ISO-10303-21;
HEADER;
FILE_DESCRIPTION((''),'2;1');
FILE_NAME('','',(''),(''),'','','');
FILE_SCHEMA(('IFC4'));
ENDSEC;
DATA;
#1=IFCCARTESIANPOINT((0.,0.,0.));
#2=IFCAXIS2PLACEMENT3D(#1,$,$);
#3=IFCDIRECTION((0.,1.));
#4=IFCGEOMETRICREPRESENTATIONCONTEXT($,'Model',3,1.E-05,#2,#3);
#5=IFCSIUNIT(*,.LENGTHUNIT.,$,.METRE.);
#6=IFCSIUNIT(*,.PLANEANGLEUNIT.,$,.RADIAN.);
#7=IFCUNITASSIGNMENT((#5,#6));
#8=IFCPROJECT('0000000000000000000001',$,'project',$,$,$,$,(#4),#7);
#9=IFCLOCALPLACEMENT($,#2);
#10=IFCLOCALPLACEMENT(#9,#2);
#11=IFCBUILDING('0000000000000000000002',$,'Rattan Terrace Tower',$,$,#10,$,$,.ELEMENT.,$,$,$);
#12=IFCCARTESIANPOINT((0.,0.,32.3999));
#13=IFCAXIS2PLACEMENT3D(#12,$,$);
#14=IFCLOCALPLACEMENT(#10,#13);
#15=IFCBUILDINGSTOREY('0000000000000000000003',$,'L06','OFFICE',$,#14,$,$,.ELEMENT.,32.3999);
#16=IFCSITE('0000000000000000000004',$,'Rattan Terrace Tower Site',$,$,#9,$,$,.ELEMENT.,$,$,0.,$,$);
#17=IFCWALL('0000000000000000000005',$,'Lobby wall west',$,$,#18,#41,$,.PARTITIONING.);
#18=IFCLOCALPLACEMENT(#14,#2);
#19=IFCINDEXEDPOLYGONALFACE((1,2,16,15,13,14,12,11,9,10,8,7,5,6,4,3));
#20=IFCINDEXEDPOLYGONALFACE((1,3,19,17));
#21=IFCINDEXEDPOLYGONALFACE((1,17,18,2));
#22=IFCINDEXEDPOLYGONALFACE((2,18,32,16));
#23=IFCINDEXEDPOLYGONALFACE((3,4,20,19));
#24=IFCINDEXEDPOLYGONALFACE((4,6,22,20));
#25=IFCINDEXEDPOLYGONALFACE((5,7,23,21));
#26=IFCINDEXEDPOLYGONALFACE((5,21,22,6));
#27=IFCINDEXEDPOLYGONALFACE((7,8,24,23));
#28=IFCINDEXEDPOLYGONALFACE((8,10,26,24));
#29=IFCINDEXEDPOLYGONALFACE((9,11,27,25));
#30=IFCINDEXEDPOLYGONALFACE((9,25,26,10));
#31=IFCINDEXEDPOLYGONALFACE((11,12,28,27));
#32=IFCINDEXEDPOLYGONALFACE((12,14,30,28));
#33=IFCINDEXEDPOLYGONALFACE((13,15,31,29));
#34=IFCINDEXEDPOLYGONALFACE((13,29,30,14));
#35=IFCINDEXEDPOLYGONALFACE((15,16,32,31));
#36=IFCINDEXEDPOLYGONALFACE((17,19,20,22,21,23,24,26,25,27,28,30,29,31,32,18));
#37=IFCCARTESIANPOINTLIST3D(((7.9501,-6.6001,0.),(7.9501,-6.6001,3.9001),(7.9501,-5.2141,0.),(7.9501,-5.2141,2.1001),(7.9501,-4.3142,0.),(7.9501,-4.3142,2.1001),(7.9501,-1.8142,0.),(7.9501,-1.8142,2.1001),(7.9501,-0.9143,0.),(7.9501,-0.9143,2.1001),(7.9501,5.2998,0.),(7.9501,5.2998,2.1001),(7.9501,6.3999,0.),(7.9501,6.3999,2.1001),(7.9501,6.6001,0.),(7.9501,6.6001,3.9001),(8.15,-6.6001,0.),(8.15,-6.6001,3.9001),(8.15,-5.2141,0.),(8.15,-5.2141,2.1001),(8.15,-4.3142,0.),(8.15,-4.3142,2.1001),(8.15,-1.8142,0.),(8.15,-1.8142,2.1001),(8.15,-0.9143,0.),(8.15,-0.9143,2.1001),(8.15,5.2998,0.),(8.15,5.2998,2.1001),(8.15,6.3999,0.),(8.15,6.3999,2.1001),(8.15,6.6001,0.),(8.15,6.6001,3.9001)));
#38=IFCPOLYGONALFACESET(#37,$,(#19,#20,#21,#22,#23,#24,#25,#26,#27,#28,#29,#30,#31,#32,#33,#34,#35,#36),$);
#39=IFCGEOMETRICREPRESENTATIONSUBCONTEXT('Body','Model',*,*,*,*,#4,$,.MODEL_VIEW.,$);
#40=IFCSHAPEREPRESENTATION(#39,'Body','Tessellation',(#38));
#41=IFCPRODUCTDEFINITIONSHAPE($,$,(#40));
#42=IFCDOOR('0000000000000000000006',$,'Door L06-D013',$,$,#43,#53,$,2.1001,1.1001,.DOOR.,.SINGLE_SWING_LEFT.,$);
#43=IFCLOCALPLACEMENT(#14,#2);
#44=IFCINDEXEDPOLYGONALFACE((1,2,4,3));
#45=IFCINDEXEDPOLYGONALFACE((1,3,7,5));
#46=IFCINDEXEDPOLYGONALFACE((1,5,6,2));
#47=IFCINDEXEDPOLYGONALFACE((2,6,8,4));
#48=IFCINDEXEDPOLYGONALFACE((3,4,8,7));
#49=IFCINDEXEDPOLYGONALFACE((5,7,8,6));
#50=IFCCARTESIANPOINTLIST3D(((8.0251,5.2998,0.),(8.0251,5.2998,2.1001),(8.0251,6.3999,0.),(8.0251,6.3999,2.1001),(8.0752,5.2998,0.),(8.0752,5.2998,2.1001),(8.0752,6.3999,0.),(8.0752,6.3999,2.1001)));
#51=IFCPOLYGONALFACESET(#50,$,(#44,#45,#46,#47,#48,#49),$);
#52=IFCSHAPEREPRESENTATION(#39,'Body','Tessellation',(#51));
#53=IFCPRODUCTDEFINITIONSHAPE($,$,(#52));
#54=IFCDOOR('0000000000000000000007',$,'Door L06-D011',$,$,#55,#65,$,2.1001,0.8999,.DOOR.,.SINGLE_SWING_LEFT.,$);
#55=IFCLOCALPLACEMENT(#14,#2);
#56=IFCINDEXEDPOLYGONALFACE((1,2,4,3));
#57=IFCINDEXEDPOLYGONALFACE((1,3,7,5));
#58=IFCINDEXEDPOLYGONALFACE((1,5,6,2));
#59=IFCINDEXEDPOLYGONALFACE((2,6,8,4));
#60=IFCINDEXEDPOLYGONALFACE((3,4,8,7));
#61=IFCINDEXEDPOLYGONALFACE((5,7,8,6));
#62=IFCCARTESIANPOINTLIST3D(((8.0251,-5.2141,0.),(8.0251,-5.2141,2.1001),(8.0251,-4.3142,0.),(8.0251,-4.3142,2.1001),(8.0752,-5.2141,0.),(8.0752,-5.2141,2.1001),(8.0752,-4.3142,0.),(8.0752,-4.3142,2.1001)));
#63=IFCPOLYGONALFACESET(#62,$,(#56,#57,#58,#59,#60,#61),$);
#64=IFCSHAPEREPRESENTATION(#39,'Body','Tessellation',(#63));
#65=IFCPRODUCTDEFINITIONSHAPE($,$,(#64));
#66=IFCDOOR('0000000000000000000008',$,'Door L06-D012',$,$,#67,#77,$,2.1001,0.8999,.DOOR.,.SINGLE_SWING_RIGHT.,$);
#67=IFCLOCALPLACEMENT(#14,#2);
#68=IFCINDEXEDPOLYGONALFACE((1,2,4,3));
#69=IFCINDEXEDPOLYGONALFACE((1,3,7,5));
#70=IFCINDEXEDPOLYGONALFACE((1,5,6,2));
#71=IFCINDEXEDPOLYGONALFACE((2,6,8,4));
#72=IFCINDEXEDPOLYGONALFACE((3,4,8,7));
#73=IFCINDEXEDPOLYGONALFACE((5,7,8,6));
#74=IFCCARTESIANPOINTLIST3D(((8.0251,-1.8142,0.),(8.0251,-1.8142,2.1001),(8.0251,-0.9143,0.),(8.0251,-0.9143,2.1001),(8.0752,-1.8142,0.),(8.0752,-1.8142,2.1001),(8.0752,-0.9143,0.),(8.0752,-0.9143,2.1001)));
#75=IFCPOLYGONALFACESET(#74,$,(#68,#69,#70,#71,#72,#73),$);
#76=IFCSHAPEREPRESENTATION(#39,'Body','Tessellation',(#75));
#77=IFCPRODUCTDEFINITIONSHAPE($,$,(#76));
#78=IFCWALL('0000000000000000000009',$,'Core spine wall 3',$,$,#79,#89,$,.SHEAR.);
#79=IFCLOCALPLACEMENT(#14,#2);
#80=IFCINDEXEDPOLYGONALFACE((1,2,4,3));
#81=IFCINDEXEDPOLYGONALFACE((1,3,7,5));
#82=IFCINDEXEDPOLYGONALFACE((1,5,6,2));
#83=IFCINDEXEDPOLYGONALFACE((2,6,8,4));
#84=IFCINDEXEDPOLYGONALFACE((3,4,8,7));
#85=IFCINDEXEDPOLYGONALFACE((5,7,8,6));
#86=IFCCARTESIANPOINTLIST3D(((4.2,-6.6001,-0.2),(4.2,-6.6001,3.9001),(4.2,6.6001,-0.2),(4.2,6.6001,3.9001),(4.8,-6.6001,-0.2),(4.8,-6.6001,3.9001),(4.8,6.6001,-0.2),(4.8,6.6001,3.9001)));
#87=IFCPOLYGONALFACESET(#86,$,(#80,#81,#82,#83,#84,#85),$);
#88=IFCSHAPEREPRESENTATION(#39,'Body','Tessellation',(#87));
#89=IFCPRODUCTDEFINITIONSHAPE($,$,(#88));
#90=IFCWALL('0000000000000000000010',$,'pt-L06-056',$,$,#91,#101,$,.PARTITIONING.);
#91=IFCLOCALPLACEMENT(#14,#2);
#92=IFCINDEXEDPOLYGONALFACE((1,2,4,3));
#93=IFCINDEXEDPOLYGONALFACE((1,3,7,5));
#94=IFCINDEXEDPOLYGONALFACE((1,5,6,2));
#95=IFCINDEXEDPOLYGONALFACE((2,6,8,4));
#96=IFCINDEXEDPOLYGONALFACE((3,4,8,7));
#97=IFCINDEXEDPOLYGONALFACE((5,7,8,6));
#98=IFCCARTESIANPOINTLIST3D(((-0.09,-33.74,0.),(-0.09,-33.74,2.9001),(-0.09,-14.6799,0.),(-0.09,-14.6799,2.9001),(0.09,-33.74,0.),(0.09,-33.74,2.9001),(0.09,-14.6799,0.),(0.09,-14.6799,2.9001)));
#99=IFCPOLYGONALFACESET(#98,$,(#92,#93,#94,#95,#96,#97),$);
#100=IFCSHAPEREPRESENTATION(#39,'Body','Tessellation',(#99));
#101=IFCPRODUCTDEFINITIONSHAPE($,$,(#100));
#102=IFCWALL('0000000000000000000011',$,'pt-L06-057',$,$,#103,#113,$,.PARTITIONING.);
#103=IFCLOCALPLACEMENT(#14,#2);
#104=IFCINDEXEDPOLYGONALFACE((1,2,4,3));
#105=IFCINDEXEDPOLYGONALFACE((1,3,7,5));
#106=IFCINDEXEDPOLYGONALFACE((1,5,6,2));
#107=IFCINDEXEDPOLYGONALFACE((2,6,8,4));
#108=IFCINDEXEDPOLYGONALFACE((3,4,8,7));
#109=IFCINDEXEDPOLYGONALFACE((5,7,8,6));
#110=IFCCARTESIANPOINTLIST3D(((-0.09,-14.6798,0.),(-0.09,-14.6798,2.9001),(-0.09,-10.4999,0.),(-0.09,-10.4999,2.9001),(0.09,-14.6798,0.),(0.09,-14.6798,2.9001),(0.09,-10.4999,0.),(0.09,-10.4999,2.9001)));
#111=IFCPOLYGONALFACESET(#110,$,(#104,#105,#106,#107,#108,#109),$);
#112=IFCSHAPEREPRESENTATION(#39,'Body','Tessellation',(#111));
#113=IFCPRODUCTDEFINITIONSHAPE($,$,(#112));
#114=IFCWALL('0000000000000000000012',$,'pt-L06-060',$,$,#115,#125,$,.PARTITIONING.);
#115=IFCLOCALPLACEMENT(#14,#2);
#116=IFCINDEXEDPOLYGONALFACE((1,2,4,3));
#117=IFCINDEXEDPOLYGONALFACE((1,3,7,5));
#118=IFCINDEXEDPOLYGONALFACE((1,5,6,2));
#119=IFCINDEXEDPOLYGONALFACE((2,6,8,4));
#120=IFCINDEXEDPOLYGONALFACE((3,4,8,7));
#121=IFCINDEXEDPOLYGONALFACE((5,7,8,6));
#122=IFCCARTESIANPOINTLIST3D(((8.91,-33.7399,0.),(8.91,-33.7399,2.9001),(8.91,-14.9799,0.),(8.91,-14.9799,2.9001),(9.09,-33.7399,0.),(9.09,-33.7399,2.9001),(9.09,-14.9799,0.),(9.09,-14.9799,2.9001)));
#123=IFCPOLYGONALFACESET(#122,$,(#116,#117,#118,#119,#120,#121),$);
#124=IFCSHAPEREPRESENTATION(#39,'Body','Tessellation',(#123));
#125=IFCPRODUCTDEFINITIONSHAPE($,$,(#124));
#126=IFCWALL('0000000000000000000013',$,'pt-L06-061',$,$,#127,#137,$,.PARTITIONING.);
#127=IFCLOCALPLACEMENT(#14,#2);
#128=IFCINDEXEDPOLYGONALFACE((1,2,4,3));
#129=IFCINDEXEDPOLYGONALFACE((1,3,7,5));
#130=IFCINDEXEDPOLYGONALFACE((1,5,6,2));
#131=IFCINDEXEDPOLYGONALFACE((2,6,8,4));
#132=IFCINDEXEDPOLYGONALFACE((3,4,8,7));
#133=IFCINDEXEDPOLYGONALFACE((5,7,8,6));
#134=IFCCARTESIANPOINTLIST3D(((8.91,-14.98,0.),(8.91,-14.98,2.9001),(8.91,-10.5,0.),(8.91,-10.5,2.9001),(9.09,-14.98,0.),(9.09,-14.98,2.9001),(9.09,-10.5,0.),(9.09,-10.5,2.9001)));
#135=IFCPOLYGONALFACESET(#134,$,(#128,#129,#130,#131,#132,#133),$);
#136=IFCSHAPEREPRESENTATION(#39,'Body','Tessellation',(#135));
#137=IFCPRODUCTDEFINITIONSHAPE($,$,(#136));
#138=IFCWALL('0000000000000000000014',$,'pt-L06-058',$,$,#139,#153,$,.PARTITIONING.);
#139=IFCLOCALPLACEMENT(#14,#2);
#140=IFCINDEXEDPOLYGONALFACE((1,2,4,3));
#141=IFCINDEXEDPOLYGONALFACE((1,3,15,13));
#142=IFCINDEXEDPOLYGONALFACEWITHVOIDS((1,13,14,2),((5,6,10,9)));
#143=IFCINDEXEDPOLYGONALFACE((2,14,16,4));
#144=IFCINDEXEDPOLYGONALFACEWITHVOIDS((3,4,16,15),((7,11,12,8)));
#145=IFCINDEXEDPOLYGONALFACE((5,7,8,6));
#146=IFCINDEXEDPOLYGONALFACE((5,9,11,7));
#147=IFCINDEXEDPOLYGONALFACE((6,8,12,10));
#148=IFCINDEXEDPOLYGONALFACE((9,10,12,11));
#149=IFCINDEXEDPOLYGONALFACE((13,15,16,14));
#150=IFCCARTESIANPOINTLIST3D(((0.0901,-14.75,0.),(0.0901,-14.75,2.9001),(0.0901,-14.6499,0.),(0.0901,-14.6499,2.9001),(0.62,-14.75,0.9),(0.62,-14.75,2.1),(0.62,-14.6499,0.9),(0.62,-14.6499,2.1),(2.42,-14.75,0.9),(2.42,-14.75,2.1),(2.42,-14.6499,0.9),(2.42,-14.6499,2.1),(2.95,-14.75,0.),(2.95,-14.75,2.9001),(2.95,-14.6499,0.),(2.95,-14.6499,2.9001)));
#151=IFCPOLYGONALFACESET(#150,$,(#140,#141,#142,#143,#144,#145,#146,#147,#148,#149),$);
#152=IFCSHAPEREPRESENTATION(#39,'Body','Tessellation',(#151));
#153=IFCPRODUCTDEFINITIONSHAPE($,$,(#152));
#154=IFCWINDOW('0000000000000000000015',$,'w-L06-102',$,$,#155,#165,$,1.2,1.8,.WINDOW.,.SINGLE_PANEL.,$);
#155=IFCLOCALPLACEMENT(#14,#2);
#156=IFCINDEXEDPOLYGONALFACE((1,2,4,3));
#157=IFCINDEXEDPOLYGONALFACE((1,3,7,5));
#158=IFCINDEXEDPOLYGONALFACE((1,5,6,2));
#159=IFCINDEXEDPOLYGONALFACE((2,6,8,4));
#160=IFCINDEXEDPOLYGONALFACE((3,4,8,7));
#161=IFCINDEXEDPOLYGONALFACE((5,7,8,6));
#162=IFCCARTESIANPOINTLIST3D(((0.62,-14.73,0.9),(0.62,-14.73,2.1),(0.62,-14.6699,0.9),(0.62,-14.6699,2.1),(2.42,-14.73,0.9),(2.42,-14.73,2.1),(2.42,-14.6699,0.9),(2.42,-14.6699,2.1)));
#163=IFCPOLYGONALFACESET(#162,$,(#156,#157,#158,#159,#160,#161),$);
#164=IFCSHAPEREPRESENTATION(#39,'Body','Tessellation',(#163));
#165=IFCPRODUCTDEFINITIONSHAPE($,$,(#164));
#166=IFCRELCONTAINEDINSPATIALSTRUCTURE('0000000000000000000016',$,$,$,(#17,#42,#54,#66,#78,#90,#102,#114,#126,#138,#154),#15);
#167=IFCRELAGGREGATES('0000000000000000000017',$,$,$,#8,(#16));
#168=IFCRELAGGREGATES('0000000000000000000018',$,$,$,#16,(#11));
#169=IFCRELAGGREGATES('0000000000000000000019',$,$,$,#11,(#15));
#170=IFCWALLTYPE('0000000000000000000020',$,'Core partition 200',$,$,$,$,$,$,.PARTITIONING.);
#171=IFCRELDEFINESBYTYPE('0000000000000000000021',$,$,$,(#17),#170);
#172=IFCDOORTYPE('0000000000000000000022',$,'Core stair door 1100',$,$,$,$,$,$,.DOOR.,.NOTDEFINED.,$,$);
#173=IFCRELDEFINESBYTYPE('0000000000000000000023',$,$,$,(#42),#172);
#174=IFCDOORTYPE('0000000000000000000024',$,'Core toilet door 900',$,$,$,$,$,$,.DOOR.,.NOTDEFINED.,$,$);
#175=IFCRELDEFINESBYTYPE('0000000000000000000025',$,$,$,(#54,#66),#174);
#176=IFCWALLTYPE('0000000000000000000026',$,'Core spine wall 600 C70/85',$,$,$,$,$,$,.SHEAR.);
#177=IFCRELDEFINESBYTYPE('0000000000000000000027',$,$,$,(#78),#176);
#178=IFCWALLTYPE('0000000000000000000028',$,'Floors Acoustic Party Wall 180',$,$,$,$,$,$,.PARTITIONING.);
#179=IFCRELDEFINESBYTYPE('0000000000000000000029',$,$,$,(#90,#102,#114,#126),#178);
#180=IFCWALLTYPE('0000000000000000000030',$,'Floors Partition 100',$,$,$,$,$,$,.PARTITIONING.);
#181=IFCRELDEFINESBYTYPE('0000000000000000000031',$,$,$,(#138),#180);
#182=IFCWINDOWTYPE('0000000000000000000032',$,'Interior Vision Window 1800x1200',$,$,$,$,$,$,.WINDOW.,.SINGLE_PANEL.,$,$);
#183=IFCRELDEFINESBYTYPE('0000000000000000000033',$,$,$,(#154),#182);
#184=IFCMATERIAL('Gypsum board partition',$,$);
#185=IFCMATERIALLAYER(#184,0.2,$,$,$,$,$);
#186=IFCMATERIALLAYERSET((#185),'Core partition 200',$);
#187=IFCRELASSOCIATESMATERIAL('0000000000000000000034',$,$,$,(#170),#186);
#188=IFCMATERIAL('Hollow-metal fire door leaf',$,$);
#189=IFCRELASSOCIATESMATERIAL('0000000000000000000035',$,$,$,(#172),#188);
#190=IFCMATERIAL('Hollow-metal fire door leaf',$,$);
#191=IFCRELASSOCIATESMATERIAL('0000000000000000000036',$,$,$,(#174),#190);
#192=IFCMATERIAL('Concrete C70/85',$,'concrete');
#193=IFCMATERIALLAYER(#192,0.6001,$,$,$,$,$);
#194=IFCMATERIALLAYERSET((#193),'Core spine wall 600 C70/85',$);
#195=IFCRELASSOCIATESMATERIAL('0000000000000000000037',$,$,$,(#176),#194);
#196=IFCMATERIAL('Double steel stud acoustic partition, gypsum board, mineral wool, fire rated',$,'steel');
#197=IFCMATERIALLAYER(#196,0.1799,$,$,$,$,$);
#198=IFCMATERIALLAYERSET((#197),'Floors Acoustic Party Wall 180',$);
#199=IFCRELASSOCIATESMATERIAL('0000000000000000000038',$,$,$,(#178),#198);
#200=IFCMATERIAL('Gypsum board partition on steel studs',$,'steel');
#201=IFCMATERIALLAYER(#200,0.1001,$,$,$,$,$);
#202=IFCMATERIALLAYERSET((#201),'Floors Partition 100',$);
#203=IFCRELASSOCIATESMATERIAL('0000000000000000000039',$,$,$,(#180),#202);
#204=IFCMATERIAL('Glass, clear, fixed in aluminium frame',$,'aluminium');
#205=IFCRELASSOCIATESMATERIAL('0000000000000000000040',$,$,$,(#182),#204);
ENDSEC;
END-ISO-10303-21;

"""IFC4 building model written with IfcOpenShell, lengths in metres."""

from ifc_helpers import new_model, si_unit, direction, frame, frame_2d, origin, place, context, subcontext, project, spatial, rectangle, extrude, material, layer, layer_set, type_object, element, fill, save


model = new_model("IFC4")

# Units and contexts
model_context = context("Model", 3, precision=1e-05, world=origin(), true_north=direction((0.0, 1.0)))
body_context = subcontext(model_context, "Body", "Model", "MODEL_VIEW")
ifc_project = project(units=[si_unit("LENGTHUNIT", "METRE"), si_unit("PLANEANGLEUNIT", "RADIAN")], contexts=[model_context])

# Site, building, storey
site_placement = place(None, origin())
site = spatial("IfcSite", under=ifc_project, at=site_placement, Name="Rattan Terrace Tower Site", CompositionType="ELEMENT", RefElevation=0.0)
building_placement = place(site_placement, origin())
building = spatial("IfcBuilding", under=site, at=building_placement, Name="Rattan Terrace Tower", CompositionType="ELEMENT")
storey_placement = place(building_placement, frame((0.0, 0.0, 32.3999)))
storey = spatial("IfcBuildingStorey", under=building, at=storey_placement, Name="L06", Description="OFFICE", CompositionType="ELEMENT", Elevation=32.3999)

# Wall, openings, doors
ifc_material_1 = material(Name="Gypsum board partition")
ifc_layer_1 = layer(ifc_material_1, 0.2)
ifc_layer_set_1 = layer_set([ifc_layer_1], Name="Core partition 200")
wall_type_1 = type_object("IfcWallType", Name="Core partition 200", PredefinedType="PARTITIONING", material=ifc_layer_set_1)
wall_1_placement = place(storey_placement, frame((8.05, -6.6001, 0.0), z_axis=(0.0, 0.0, 1.0), x_axis=(0.0, 1.0, 0.0)))
wall_1 = element("IfcWall", 1, at=wall_1_placement, inside=storey, type_object=wall_type_1, Name="Lobby wall west", PredefinedType="PARTITIONING", context=body_context, shape_type="SweptSolid", body=[
    extrude(rectangle(XDim=13.2002, YDim=0.2, at=frame_2d((6.6001, 0.0))), origin(), (0.0, 0.0, 1.0), 3.9001),
])
opening_1_placement = place(wall_1_placement, frame((1.386, 0.0, 0.0)))
opening_1 = element("IfcOpeningElement", 2, at=opening_1_placement, cuts=wall_1, PredefinedType="OPENING", context=body_context, shape_type="SweptSolid", body=[
    extrude(rectangle(XDim=0.8999, YDim=2.1001, at=frame_2d((0.45, 1.05))), frame((0.0, 0.1106, 0.0), z_axis=(0.0, -1.0, 0.0), x_axis=(1.0, 0.0, 0.0)), (0.0, 0.0, 1.0), 0.2209),
])
opening_2_placement = place(wall_1_placement, frame((4.7859, 0.0, 0.0)))
opening_2 = element("IfcOpeningElement", 3, at=opening_2_placement, cuts=wall_1, PredefinedType="OPENING", context=body_context, shape_type="SweptSolid", body=[
    extrude(rectangle(XDim=0.8999, YDim=2.1001, at=frame_2d((0.45, 1.05))), frame((0.0, 0.1106, 0.0), z_axis=(0.0, -1.0, 0.0), x_axis=(1.0, 0.0, 0.0)), (0.0, 0.0, 1.0), 0.2209),
])
opening_3_placement = place(wall_1_placement, frame((11.8999, 0.0, 0.0)))
opening_3 = element("IfcOpeningElement", 4, at=opening_3_placement, cuts=wall_1, PredefinedType="OPENING", context=body_context, shape_type="SweptSolid", body=[
    extrude(rectangle(XDim=1.1001, YDim=2.1001, at=frame_2d((0.55, 1.05))), frame((0.0, 0.1106, 0.0), z_axis=(0.0, -1.0, 0.0), x_axis=(1.0, 0.0, 0.0)), (0.0, 0.0, 1.0), 0.2209),
])
ifc_material_2 = material(Name="Hollow-metal fire door leaf")
door_type_1 = type_object("IfcDoorType", Name="Core stair door 1100", OperationType="NOTDEFINED", PredefinedType="DOOR", material=ifc_material_2)
door_1_placement = place(opening_3_placement, origin())
door_1 = element("IfcDoor", 5, at=door_1_placement, inside=storey, type_object=door_type_1, Name="Door L06-D013", OperationType="SINGLE_SWING_LEFT", OverallHeight=2.1001, OverallWidth=1.1001, PredefinedType="DOOR", context=body_context, shape_type="SweptSolid", body=[
    extrude(rectangle(XDim=1.1001, YDim=2.1001, at=frame_2d((0.55, 1.05))), frame((0.0, 0.0249, 0.0), z_axis=(0.0, -1.0, 0.0), x_axis=(1.0, 0.0, 0.0)), (0.0, 0.0, 1.0), 0.05),
])
fill(opening_3, door_1)
ifc_material_3 = material(Name="Hollow-metal fire door leaf")
door_type_2 = type_object("IfcDoorType", Name="Core toilet door 900", OperationType="NOTDEFINED", PredefinedType="DOOR", material=ifc_material_3)
door_2_placement = place(opening_1_placement, origin())
door_2 = element("IfcDoor", 6, at=door_2_placement, inside=storey, type_object=door_type_2, Name="Door L06-D011", OperationType="SINGLE_SWING_LEFT", OverallHeight=2.1001, OverallWidth=0.8999, PredefinedType="DOOR", context=body_context, shape_type="SweptSolid", body=[
    extrude(rectangle(XDim=0.8999, YDim=2.1001, at=frame_2d((0.45, 1.05))), frame((0.0, 0.0249, 0.0), z_axis=(0.0, -1.0, 0.0), x_axis=(1.0, 0.0, 0.0)), (0.0, 0.0, 1.0), 0.05),
])
fill(opening_1, door_2)
door_3_placement = place(opening_2_placement, origin())
door_3 = element("IfcDoor", 7, at=door_3_placement, inside=storey, type_object=door_type_2, Name="Door L06-D012", OperationType="SINGLE_SWING_RIGHT", OverallHeight=2.1001, OverallWidth=0.8999, PredefinedType="DOOR", context=body_context, shape_type="SweptSolid", body=[
    extrude(rectangle(XDim=0.8999, YDim=2.1001, at=frame_2d((0.45, 1.05))), frame((0.0, 0.0249, 0.0), z_axis=(0.0, -1.0, 0.0), x_axis=(1.0, 0.0, 0.0)), (0.0, 0.0, 1.0), 0.05),
])
fill(opening_2, door_3)

# Walls
ifc_material_4 = material(Name="Concrete C70/85", Category="concrete")
ifc_layer_2 = layer(ifc_material_4, 0.6001)
ifc_layer_set_2 = layer_set([ifc_layer_2], Name="Core spine wall 600 C70/85")
wall_type_2 = type_object("IfcWallType", Name="Core spine wall 600 C70/85", PredefinedType="SHEAR", material=ifc_layer_set_2)
wall_2_placement = place(storey_placement, frame((4.5, -6.6001, -0.2), z_axis=(0.0, 0.0, 1.0), x_axis=(0.0, 1.0, 0.0)))
element("IfcWall", 8, at=wall_2_placement, inside=storey, type_object=wall_type_2, Name="Core spine wall 3", PredefinedType="SHEAR", context=body_context, shape_type="SweptSolid", body=[
    extrude(rectangle(XDim=13.2002, YDim=0.6001, at=frame_2d((6.6001, 0.0))), origin(), (0.0, 0.0, 1.0), 4.1001),
])
ifc_material_5 = material(Name="Double steel stud acoustic partition, gypsum board, mineral wool, fire rated", Category="steel")
ifc_layer_3 = layer(ifc_material_5, 0.1799)
ifc_layer_set_3 = layer_set([ifc_layer_3], Name="Floors Acoustic Party Wall 180")
wall_type_3 = type_object("IfcWallType", Name="Floors Acoustic Party Wall 180", PredefinedType="PARTITIONING", material=ifc_layer_set_3)
wall_3_placement = place(storey_placement, frame((0.0, -14.6799, 0.0), z_axis=(0.0, 0.0, 1.0), x_axis=(0.0, -1.0, 0.0)))
element("IfcWall", 9, at=wall_3_placement, inside=storey, type_object=wall_type_3, Name="pt-L06-056", PredefinedType="PARTITIONING", context=body_context, shape_type="SweptSolid", body=[
    extrude(rectangle(XDim=19.0601, YDim=0.1799, at=frame_2d((9.53, 0.0))), origin(), (0.0, 0.0, 1.0), 2.9001),
])
wall_4_placement = place(storey_placement, frame((0.0, -10.5, 0.0), z_axis=(0.0, 0.0, 1.0), x_axis=(0.0, -1.0, 0.0)))
element("IfcWall", 10, at=wall_4_placement, inside=storey, type_object=wall_type_3, Name="pt-L06-057", PredefinedType="PARTITIONING", context=body_context, shape_type="SweptSolid", body=[
    extrude(rectangle(XDim=4.1799, YDim=0.1799, at=frame_2d((2.0898, 0.0))), origin(), (0.0, 0.0, 1.0), 2.9001),
])
wall_5_placement = place(storey_placement, frame((9.0, -14.98, 0.0), z_axis=(0.0, 0.0, 1.0), x_axis=(0.0, -1.0, 0.0)))
element("IfcWall", 11, at=wall_5_placement, inside=storey, type_object=wall_type_3, Name="pt-L06-060", PredefinedType="PARTITIONING", context=body_context, shape_type="SweptSolid", body=[
    extrude(rectangle(XDim=18.76, YDim=0.1799, at=frame_2d((9.3799, 0.0))), origin(), (0.0, 0.0, 1.0), 2.9001),
])
wall_6_placement = place(storey_placement, frame((9.0, -10.5, 0.0), z_axis=(0.0, 0.0, 1.0), x_axis=(0.0, -1.0, 0.0)))
element("IfcWall", 12, at=wall_6_placement, inside=storey, type_object=wall_type_3, Name="pt-L06-061", PredefinedType="PARTITIONING", context=body_context, shape_type="SweptSolid", body=[
    extrude(rectangle(XDim=4.48, YDim=0.1799, at=frame_2d((2.24, 0.0))), origin(), (0.0, 0.0, 1.0), 2.9001),
])

# Wall, opening, window
ifc_material_6 = material(Name="Gypsum board partition on steel studs", Category="steel")
ifc_layer_4 = layer(ifc_material_6, 0.1001)
ifc_layer_set_4 = layer_set([ifc_layer_4], Name="Floors Partition 100")
wall_type_4 = type_object("IfcWallType", Name="Floors Partition 100", PredefinedType="PARTITIONING", material=ifc_layer_set_4)
wall_7_placement = place(storey_placement, frame((0.0901, -14.7, 0.0), z_axis=(0.0, 0.0, 1.0), x_axis=(1.0, 0.0, 0.0)))
wall_7 = element("IfcWall", 13, at=wall_7_placement, inside=storey, type_object=wall_type_4, Name="pt-L06-058", PredefinedType="PARTITIONING", context=body_context, shape_type="SweptSolid", body=[
    extrude(rectangle(XDim=2.8599, YDim=0.1001, at=frame_2d((1.4299, 0.0))), origin(), (0.0, 0.0, 1.0), 2.9001),
])
opening_4_placement = place(wall_7_placement, frame((0.53, 0.0, 0.8999)))
opening_4 = element("IfcOpeningElement", 14, at=opening_4_placement, cuts=wall_7, PredefinedType="OPENING", context=body_context, shape_type="SweptSolid", body=[
    extrude(rectangle(XDim=1.8, YDim=1.2, at=frame_2d((0.8999, 0.6001))), frame((0.0, 0.0605, 0.0), z_axis=(0.0, -1.0, 0.0), x_axis=(1.0, 0.0, 0.0)), (0.0, 0.0, 1.0), 0.1211),
])
ifc_material_7 = material(Name="Glass, clear, fixed in aluminium frame", Category="aluminium")
window_type_1 = type_object("IfcWindowType", Name="Interior Vision Window 1800x1200", PartitioningType="SINGLE_PANEL", PredefinedType="WINDOW", material=ifc_material_7)
window_1_placement = place(opening_4_placement, origin())
window_1 = element("IfcWindow", 15, at=window_1_placement, inside=storey, type_object=window_type_1, Name="w-L06-102", OverallHeight=1.2, OverallWidth=1.8, PartitioningType="SINGLE_PANEL", PredefinedType="WINDOW", context=body_context, shape_type="SweptSolid", body=[
    extrude(rectangle(XDim=1.8, YDim=1.2, at=frame_2d((0.8999, 0.6001))), frame((0.0, 0.03, 0.0), z_axis=(0.0, -1.0, 0.0), x_axis=(1.0, 0.0, 0.0)), (0.0, 0.0, 1.0), 0.0601),
])
fill(opening_4, window_1)

save(model, "model.ifc")
